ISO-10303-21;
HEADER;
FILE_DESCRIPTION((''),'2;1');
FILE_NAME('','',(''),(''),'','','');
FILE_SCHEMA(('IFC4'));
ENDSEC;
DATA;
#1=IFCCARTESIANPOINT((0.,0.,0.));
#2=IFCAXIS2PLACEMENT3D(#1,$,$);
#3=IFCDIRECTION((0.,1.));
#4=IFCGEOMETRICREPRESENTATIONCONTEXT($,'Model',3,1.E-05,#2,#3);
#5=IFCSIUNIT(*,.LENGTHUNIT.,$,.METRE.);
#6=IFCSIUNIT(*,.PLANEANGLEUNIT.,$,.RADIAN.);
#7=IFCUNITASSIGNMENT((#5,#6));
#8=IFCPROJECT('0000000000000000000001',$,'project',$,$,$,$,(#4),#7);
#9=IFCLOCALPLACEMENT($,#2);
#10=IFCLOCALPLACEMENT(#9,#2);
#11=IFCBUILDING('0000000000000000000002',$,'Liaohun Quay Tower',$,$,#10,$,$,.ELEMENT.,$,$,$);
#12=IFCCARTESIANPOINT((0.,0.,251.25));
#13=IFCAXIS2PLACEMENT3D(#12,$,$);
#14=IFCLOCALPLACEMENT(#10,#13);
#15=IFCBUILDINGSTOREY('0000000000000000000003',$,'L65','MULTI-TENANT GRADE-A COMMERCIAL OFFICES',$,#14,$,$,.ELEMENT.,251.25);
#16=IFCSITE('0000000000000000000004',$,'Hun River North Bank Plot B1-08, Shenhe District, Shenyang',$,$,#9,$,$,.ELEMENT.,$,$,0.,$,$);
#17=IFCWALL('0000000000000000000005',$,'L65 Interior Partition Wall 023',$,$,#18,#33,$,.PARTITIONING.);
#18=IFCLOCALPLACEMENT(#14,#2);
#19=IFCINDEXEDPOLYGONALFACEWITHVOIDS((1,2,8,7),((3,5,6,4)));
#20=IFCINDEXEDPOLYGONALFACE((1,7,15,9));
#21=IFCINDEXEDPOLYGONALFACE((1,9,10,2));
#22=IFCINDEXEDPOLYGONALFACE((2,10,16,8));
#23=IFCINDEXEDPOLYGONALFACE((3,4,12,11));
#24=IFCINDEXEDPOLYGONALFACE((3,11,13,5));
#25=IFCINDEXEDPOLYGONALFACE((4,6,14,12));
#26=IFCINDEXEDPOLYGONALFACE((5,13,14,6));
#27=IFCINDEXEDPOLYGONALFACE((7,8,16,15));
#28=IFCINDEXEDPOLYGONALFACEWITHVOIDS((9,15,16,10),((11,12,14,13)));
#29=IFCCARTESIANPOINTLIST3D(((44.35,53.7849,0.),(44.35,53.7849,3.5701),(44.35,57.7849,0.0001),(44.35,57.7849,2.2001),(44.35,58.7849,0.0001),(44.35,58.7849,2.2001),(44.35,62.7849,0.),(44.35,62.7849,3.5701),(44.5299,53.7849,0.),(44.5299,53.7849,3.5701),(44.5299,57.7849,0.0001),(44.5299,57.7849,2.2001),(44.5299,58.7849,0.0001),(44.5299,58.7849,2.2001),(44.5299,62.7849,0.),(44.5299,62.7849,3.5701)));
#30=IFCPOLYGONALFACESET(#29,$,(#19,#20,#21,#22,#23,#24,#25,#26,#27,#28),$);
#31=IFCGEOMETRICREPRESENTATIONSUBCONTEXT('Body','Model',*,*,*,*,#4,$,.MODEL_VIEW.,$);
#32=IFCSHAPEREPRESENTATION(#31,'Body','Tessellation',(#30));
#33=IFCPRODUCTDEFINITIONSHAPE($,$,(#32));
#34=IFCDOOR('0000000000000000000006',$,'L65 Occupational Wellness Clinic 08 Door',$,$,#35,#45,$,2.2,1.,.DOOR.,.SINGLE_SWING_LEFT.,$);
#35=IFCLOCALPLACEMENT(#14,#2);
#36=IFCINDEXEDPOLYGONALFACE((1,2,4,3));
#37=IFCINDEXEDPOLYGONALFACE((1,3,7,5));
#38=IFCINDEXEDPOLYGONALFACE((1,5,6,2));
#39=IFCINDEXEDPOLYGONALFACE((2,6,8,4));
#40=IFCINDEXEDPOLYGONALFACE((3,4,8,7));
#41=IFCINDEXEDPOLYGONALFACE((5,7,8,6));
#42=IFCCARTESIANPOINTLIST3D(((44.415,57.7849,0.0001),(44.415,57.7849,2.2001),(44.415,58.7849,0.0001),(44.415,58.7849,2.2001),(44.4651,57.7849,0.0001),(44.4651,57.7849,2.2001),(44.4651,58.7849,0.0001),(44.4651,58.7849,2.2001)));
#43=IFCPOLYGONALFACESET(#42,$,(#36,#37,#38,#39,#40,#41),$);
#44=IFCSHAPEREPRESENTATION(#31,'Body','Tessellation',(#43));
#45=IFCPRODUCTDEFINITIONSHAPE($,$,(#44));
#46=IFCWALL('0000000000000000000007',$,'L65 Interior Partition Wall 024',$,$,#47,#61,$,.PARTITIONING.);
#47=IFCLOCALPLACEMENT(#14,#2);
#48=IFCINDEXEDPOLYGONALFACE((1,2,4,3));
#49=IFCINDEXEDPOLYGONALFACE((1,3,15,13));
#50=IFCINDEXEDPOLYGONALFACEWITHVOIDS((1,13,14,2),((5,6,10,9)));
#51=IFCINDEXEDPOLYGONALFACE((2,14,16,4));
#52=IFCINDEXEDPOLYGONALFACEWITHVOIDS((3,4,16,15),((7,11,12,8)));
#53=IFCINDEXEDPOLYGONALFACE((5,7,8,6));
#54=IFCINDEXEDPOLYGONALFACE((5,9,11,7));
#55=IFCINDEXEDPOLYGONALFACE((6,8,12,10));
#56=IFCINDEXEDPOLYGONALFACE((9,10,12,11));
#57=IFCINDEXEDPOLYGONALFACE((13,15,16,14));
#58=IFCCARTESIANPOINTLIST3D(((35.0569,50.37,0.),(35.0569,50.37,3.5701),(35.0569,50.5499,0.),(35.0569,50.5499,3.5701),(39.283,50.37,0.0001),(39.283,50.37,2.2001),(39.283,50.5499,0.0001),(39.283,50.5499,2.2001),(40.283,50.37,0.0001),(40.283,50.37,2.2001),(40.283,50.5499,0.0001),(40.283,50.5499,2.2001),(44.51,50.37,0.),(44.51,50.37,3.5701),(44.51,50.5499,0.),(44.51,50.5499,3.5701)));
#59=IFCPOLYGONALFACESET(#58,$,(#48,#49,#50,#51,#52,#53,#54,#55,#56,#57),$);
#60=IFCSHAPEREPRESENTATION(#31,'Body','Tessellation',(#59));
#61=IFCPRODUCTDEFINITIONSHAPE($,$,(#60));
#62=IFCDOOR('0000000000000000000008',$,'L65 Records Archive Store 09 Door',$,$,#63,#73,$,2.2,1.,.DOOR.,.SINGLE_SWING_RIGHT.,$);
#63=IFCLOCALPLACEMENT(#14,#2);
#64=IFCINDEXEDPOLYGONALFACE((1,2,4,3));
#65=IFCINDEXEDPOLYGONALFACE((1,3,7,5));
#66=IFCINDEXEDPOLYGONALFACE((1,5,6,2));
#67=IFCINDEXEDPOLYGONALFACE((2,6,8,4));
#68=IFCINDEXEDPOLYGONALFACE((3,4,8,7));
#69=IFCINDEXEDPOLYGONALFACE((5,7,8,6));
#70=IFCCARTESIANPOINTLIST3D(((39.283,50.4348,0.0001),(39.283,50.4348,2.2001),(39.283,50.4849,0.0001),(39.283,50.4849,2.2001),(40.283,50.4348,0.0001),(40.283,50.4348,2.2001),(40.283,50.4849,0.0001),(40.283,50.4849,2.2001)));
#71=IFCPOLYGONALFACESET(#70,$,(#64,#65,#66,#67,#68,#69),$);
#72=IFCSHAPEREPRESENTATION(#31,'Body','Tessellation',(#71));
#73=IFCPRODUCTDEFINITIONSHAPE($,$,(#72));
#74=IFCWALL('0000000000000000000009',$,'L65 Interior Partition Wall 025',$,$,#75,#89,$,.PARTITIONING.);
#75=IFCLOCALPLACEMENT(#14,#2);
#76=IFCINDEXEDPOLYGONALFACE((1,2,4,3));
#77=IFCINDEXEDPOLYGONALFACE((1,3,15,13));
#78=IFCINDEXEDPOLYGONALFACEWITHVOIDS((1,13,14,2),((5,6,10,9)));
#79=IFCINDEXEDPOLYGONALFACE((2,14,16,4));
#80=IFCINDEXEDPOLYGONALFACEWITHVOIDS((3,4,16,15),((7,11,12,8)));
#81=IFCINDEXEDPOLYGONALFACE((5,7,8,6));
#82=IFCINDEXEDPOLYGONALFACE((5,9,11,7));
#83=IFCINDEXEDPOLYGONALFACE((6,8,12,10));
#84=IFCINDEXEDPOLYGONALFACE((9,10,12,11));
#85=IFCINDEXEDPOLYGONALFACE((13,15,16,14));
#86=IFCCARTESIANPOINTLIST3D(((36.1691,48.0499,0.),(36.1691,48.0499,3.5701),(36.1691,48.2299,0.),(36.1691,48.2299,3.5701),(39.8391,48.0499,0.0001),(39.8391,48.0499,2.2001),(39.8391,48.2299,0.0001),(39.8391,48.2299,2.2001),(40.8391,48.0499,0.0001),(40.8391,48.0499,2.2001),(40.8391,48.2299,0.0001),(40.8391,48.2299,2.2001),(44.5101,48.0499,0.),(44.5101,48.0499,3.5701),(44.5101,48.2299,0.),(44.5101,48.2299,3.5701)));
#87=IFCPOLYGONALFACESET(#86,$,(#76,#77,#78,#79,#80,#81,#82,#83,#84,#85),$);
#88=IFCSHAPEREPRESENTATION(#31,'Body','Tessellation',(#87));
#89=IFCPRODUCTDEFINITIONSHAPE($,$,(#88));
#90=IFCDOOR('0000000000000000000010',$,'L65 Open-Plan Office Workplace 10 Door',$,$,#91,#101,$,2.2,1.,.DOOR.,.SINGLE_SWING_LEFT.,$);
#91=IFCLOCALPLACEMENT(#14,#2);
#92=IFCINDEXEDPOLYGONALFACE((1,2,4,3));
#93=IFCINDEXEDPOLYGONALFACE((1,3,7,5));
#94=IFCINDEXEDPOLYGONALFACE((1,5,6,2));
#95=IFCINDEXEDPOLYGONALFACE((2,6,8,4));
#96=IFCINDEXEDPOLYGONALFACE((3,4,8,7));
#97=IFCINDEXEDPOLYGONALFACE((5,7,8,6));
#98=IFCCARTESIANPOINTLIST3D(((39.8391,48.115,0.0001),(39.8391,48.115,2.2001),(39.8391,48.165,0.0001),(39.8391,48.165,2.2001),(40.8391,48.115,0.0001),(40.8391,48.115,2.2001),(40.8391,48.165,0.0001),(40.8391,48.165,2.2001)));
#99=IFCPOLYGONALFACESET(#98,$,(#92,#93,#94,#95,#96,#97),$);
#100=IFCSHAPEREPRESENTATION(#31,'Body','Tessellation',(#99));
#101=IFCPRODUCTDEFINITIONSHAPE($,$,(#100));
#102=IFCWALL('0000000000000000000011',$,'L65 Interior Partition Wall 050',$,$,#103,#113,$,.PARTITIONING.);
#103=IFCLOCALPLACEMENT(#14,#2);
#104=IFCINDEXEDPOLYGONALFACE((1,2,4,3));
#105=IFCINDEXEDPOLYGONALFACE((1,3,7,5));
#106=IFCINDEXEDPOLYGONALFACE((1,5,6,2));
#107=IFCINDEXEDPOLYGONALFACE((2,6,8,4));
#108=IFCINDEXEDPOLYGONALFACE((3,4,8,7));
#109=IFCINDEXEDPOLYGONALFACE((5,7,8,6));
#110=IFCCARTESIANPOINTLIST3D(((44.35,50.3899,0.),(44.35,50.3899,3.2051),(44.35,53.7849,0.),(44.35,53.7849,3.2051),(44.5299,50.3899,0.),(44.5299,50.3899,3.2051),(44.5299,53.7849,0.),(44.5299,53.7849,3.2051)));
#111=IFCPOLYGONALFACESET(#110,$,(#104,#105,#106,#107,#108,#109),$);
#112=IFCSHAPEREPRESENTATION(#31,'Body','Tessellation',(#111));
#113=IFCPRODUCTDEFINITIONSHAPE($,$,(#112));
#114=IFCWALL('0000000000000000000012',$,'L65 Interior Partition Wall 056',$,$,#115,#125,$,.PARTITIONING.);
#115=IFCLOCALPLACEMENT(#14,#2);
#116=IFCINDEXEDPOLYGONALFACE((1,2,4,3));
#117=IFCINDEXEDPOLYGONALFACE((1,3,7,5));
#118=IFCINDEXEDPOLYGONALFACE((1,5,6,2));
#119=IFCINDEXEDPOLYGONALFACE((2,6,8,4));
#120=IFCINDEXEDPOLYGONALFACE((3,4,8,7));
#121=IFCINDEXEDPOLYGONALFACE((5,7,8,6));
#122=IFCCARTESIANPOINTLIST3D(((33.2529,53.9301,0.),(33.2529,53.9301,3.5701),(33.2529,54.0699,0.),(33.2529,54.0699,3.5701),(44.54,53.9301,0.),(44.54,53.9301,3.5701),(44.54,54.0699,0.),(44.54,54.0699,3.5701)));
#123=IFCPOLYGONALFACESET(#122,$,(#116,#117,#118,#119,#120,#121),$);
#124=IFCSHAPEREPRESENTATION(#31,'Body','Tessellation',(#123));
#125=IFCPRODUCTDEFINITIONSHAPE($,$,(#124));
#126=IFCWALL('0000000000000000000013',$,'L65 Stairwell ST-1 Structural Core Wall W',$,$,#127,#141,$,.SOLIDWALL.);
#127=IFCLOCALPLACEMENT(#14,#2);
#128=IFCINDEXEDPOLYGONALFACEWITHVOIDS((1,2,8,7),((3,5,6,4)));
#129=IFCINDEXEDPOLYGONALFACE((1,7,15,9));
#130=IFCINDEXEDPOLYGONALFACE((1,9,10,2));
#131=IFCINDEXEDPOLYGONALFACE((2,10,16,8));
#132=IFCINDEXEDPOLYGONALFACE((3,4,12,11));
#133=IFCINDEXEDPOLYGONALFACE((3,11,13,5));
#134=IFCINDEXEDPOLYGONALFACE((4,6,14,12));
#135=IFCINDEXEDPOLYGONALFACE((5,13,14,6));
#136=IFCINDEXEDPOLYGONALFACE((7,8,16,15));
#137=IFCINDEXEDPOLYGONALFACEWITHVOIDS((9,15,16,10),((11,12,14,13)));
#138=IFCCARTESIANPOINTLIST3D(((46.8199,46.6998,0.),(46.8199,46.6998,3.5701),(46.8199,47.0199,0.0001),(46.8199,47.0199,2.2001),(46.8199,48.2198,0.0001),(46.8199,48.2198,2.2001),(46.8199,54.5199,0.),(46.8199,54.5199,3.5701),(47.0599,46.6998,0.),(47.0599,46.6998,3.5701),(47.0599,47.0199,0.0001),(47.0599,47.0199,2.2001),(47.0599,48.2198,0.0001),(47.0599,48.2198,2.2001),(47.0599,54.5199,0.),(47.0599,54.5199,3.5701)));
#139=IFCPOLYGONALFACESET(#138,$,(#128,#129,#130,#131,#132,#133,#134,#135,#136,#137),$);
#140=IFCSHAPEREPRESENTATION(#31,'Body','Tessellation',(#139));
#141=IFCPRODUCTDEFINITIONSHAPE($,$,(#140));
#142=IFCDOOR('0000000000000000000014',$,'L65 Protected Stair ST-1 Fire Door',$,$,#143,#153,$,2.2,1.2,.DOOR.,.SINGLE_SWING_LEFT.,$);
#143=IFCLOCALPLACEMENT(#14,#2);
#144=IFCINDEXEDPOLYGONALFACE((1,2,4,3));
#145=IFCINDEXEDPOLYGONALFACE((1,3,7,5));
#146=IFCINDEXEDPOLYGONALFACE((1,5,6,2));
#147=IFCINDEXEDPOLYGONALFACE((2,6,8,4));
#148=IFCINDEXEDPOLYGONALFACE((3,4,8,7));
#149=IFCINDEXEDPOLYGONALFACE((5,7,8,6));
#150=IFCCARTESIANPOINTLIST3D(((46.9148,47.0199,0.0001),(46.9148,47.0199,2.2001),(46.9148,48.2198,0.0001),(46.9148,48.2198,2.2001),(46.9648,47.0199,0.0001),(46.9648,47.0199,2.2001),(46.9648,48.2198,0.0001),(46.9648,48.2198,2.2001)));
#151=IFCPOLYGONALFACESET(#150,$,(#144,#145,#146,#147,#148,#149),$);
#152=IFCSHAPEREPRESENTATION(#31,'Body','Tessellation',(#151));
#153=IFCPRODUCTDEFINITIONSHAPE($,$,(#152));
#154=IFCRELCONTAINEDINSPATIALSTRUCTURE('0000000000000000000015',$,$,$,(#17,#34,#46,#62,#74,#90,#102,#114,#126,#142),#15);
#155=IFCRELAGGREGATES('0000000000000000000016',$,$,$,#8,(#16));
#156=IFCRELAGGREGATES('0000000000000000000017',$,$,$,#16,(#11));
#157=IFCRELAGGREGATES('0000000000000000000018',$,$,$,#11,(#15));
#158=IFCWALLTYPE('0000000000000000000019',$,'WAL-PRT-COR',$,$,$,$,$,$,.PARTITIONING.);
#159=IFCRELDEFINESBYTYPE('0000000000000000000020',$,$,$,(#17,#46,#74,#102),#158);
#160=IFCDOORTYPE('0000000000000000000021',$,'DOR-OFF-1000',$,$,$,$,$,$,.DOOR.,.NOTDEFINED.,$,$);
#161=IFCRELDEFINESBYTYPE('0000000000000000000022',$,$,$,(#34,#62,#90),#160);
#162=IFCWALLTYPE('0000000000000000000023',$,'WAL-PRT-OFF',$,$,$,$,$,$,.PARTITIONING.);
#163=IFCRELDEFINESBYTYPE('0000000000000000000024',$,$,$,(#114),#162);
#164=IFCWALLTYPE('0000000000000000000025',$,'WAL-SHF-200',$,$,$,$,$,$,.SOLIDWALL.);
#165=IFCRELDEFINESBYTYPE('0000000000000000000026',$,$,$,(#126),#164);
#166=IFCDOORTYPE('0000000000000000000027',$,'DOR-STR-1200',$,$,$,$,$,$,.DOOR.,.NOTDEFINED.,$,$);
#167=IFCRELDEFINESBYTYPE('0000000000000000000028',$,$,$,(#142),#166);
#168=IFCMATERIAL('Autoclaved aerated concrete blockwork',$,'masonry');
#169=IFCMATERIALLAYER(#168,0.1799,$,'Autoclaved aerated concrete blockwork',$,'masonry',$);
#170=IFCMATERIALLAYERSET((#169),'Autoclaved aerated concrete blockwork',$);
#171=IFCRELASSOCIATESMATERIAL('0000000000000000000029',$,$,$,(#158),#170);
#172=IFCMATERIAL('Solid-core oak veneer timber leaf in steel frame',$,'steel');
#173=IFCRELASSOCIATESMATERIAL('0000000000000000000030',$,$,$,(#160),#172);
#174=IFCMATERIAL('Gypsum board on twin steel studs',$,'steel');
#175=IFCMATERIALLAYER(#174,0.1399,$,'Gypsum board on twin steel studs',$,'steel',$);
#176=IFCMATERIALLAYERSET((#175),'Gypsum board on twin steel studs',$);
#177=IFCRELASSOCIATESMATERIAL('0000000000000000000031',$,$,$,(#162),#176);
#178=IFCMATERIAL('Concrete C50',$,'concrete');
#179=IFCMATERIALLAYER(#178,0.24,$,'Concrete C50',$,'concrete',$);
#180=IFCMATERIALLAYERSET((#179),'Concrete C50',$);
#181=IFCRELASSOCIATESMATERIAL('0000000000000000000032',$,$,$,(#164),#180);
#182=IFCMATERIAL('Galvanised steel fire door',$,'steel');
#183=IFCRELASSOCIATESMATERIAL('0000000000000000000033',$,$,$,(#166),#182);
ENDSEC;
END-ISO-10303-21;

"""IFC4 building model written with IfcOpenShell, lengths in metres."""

from ifc_helpers import new_model, si_unit, direction, frame, frame_2d, origin, place, context, subcontext, project, spatial, rectangle, extrude, source, transform, mapped, material, layer, layer_set, type_object, element, fill, save


model = new_model("IFC4")

# Units and contexts
model_context = context("Model", 3, precision=1e-05, world=origin(), true_north=direction((0.0, 1.0)))
body_context = subcontext(model_context, "Body", "Model", "MODEL_VIEW")
ifc_project = project(units=[si_unit("LENGTHUNIT", "METRE"), si_unit("PLANEANGLEUNIT", "RADIAN")], contexts=[model_context])

# Site, building, storey
site_placement = place(None, origin())
site = spatial("IfcSite", under=ifc_project, at=site_placement, Name="Hun River North Bank Plot B1-08, Shenhe District, Shenyang", CompositionType="ELEMENT", RefElevation=0.0)
building_placement = place(site_placement, origin())
building = spatial("IfcBuilding", under=site, at=building_placement, Name="Liaohun Quay Tower", CompositionType="ELEMENT")
storey_placement = place(building_placement, frame((0.0, 0.0, 251.25)))
storey = spatial("IfcBuildingStorey", under=building, at=storey_placement, Name="L65", Description="MULTI-TENANT GRADE-A COMMERCIAL OFFICES", CompositionType="ELEMENT", Elevation=251.25)

# Walls, openings, doors
ifc_material_1 = material(Name="Autoclaved aerated concrete blockwork", Category="masonry")
ifc_layer_1 = layer(ifc_material_1, 0.1799, Name="Autoclaved aerated concrete blockwork", Category="masonry")
ifc_layer_set_1 = layer_set([ifc_layer_1], Name="Autoclaved aerated concrete blockwork")
wall_type_1 = type_object("IfcWallType", Name="WAL-PRT-COR", PredefinedType="PARTITIONING", material=ifc_layer_set_1)
wall_1_placement = place(storey_placement, frame((44.4399, 53.7849, 0.0), z_axis=(0.0, 0.0, 1.0), x_axis=(0.0, 1.0, 0.0)))
wall_1 = element("IfcWall", 1, at=wall_1_placement, inside=storey, type_object=wall_type_1, Name="L65 Interior Partition Wall 023", PredefinedType="PARTITIONING", context=body_context, shape_type="SweptSolid", body=[
    extrude(rectangle(XDim=9.0, YDim=0.1799, at=frame_2d((4.5, 0.0))), origin(), (0.0, 0.0, 1.0), 3.5701),
])
shared_shape_1 = source(origin(), body_context, "Body", "SweptSolid", [
    extrude(rectangle(XDim=1.0, YDim=2.2, at=frame_2d((0.5, 1.1001))), frame((0.0, 0.0999, 0.0), z_axis=(0.0, -1.0, 0.0), x_axis=(1.0, 0.0, 0.0)), (0.0, 0.0, 1.0), 0.2),
])
opening_1_placement = place(wall_1_placement, frame((4.0, 0.0, 0.0)))
opening_1 = element("IfcOpeningElement", 2, at=opening_1_placement, cuts=wall_1, PredefinedType="OPENING", context=body_context, shape_type="MappedRepresentation", body=[
    mapped(shared_shape_1, transform((0.0, 0.0, 0.0), x_axis=(1.0, 0.0, 0.0), y_axis=(0.0, 1.0, 0.0), z_axis=(0.0, 0.0, 1.0), scale=1.0)),
])
ifc_material_2 = material(Name="Solid-core oak veneer timber leaf in steel frame", Category="steel")
door_type_1 = type_object("IfcDoorType", Name="DOR-OFF-1000", OperationType="NOTDEFINED", PredefinedType="DOOR", material=ifc_material_2)
shared_shape_2 = source(origin(), body_context, "Body", "SweptSolid", [
    extrude(rectangle(XDim=1.0, YDim=2.2, at=frame_2d((0.5, 1.1001))), frame((0.0, 0.0249, 0.0), z_axis=(0.0, -1.0, 0.0), x_axis=(1.0, 0.0, 0.0)), (0.0, 0.0, 1.0), 0.05),
])
door_1_placement = place(opening_1_placement, origin())
door_1 = element("IfcDoor", 3, at=door_1_placement, inside=storey, type_object=door_type_1, Name="L65 Occupational Wellness Clinic 08 Door", OperationType="SINGLE_SWING_LEFT", OverallHeight=2.2, OverallWidth=1.0, PredefinedType="DOOR", context=body_context, shape_type="MappedRepresentation", body=[
    mapped(shared_shape_2, transform((0.0, 0.0, 0.0), x_axis=(1.0, 0.0, 0.0), y_axis=(0.0, 1.0, 0.0), z_axis=(0.0, 0.0, 1.0), scale=1.0)),
])
fill(opening_1, door_1)
wall_2_placement = place(storey_placement, frame((35.0569, 50.46, 0.0), z_axis=(0.0, 0.0, 1.0), x_axis=(1.0, 0.0, 0.0)))
wall_2 = element("IfcWall", 4, at=wall_2_placement, inside=storey, type_object=wall_type_1, Name="L65 Interior Partition Wall 024", PredefinedType="PARTITIONING", context=body_context, shape_type="SweptSolid", body=[
    extrude(rectangle(XDim=9.4531, YDim=0.1799, at=frame_2d((4.7266, 0.0))), origin(), (0.0, 0.0, 1.0), 3.5701),
])
opening_2_placement = place(wall_2_placement, frame((4.2261, 0.0, 0.0)))
opening_2 = element("IfcOpeningElement", 5, at=opening_2_placement, cuts=wall_2, PredefinedType="OPENING", context=body_context, shape_type="MappedRepresentation", body=[
    mapped(shared_shape_1, transform((0.0, 0.0, 0.0), x_axis=(1.0, 0.0, 0.0), y_axis=(0.0, 1.0, 0.0), z_axis=(0.0, 0.0, 1.0), scale=1.0)),
])
door_2_placement = place(opening_2_placement, origin())
door_2 = element("IfcDoor", 6, at=door_2_placement, inside=storey, type_object=door_type_1, Name="L65 Records Archive Store 09 Door", OperationType="SINGLE_SWING_RIGHT", OverallHeight=2.2, OverallWidth=1.0, PredefinedType="DOOR", context=body_context, shape_type="MappedRepresentation", body=[
    mapped(shared_shape_2, transform((0.0, 0.0, 0.0), x_axis=(1.0, 0.0, 0.0), y_axis=(0.0, 1.0, 0.0), z_axis=(0.0, 0.0, 1.0), scale=1.0)),
])
fill(opening_2, door_2)
wall_3_placement = place(storey_placement, frame((44.51, 48.1399, 0.0), z_axis=(0.0, 0.0, 1.0), x_axis=(-1.0, 0.0, 0.0)))
wall_3 = element("IfcWall", 7, at=wall_3_placement, inside=storey, type_object=wall_type_1, Name="L65 Interior Partition Wall 025", PredefinedType="PARTITIONING", context=body_context, shape_type="SweptSolid", body=[
    extrude(rectangle(XDim=8.3411, YDim=0.1799, at=frame_2d((4.1704, 0.0))), origin(), (0.0, 0.0, 1.0), 3.5701),
])
opening_3_placement = place(wall_3_placement, frame((3.6709, 0.0, 0.0)))
opening_3 = element("IfcOpeningElement", 8, at=opening_3_placement, cuts=wall_3, PredefinedType="OPENING", context=body_context, shape_type="MappedRepresentation", body=[
    mapped(shared_shape_1, transform((0.0, 0.0, 0.0), x_axis=(1.0, 0.0, 0.0), y_axis=(0.0, 1.0, 0.0), z_axis=(0.0, 0.0, 1.0), scale=1.0)),
])
door_3_placement = place(opening_3_placement, origin())
door_3 = element("IfcDoor", 9, at=door_3_placement, inside=storey, type_object=door_type_1, Name="L65 Open-Plan Office Workplace 10 Door", OperationType="SINGLE_SWING_LEFT", OverallHeight=2.2, OverallWidth=1.0, PredefinedType="DOOR", context=body_context, shape_type="MappedRepresentation", body=[
    mapped(shared_shape_2, transform((0.0, 0.0, 0.0), x_axis=(1.0, 0.0, 0.0), y_axis=(0.0, 1.0, 0.0), z_axis=(0.0, 0.0, 1.0), scale=1.0)),
])
fill(opening_3, door_3)

# Walls
wall_4_placement = place(storey_placement, frame((44.4399, 50.3899, 0.0), z_axis=(0.0, 0.0, 1.0), x_axis=(0.0, 1.0, 0.0)))
element("IfcWall", 10, at=wall_4_placement, inside=storey, type_object=wall_type_1, Name="L65 Interior Partition Wall 050", PredefinedType="PARTITIONING", context=body_context, shape_type="SweptSolid", body=[
    extrude(rectangle(XDim=3.395, YDim=0.1799, at=frame_2d((1.6975, 0.0))), origin(), (0.0, 0.0, 1.0), 3.2051),
])
ifc_material_3 = material(Name="Gypsum board on twin steel studs", Category="steel")
ifc_layer_2 = layer(ifc_material_3, 0.1399, Name="Gypsum board on twin steel studs", Category="steel")
ifc_layer_set_2 = layer_set([ifc_layer_2], Name="Gypsum board on twin steel studs")
wall_type_2 = type_object("IfcWallType", Name="WAL-PRT-OFF", PredefinedType="PARTITIONING", material=ifc_layer_set_2)
wall_5_placement = place(storey_placement, frame((44.54, 54.0, 0.0), z_axis=(0.0, 0.0, 1.0), x_axis=(-1.0, 0.0, 0.0)))
element("IfcWall", 11, at=wall_5_placement, inside=storey, type_object=wall_type_2, Name="L65 Interior Partition Wall 056", PredefinedType="PARTITIONING", context=body_context, shape_type="SweptSolid", body=[
    extrude(rectangle(XDim=11.2871, YDim=0.1399, at=frame_2d((5.6436, 0.0))), origin(), (0.0, 0.0, 1.0), 3.5701),
])

# Wall, opening, door
ifc_material_4 = material(Name="Concrete C50", Category="concrete")
ifc_layer_3 = layer(ifc_material_4, 0.24, Name="Concrete C50", Category="concrete")
ifc_layer_set_3 = layer_set([ifc_layer_3], Name="Concrete C50")
wall_type_3 = type_object("IfcWallType", Name="WAL-SHF-200", PredefinedType="SOLIDWALL", material=ifc_layer_set_3)
wall_6_placement = place(storey_placement, frame((46.9399, 54.52, 0.0), z_axis=(0.0, 0.0, 1.0), x_axis=(0.0, -1.0, 0.0)))
wall_6 = element("IfcWall", 12, at=wall_6_placement, inside=storey, type_object=wall_type_3, Name="L65 Stairwell ST-1 Structural Core Wall W", PredefinedType="SOLIDWALL", context=body_context, shape_type="SweptSolid", body=[
    extrude(rectangle(XDim=7.8201, YDim=0.24, at=frame_2d((3.9102, 0.0))), origin(), (0.0, 0.0, 1.0), 3.5701),
])
shared_shape_3 = source(origin(), body_context, "Body", "SweptSolid", [
    extrude(rectangle(XDim=1.2, YDim=2.2, at=frame_2d((0.6001, 1.1001))), frame((0.0, 0.1299, 0.0), z_axis=(0.0, -1.0, 0.0), x_axis=(1.0, 0.0, 0.0)), (0.0, 0.0, 1.0), 0.26),
])
opening_4_placement = place(wall_6_placement, frame((6.3, 0.0, 0.0)))
opening_4 = element("IfcOpeningElement", 13, at=opening_4_placement, cuts=wall_6, PredefinedType="OPENING", context=body_context, shape_type="MappedRepresentation", body=[
    mapped(shared_shape_3, transform((0.0, 0.0, 0.0), x_axis=(1.0, 0.0, 0.0), y_axis=(0.0, 1.0, 0.0), z_axis=(0.0, 0.0, 1.0), scale=1.0)),
])
ifc_material_5 = material(Name="Galvanised steel fire door", Category="steel")
door_type_2 = type_object("IfcDoorType", Name="DOR-STR-1200", OperationType="NOTDEFINED", PredefinedType="DOOR", material=ifc_material_5)
shared_shape_4 = source(origin(), body_context, "Body", "SweptSolid", [
    extrude(rectangle(XDim=1.2, YDim=2.2, at=frame_2d((0.6001, 1.1001))), frame((0.0, 0.0249, 0.0), z_axis=(0.0, -1.0, 0.0), x_axis=(1.0, 0.0, 0.0)), (0.0, 0.0, 1.0), 0.05),
])
door_4_placement = place(opening_4_placement, origin())
door_4 = element("IfcDoor", 14, at=door_4_placement, inside=storey, type_object=door_type_2, Name="L65 Protected Stair ST-1 Fire Door", OperationType="SINGLE_SWING_LEFT", OverallHeight=2.2, OverallWidth=1.2, PredefinedType="DOOR", context=body_context, shape_type="MappedRepresentation", body=[
    mapped(shared_shape_4, transform((0.0, 0.0, 0.0), x_axis=(1.0, 0.0, 0.0), y_axis=(0.0, 1.0, 0.0), z_axis=(0.0, 0.0, 1.0), scale=1.0)),
])
fill(opening_4, door_4)

save(model, "model.ifc")
